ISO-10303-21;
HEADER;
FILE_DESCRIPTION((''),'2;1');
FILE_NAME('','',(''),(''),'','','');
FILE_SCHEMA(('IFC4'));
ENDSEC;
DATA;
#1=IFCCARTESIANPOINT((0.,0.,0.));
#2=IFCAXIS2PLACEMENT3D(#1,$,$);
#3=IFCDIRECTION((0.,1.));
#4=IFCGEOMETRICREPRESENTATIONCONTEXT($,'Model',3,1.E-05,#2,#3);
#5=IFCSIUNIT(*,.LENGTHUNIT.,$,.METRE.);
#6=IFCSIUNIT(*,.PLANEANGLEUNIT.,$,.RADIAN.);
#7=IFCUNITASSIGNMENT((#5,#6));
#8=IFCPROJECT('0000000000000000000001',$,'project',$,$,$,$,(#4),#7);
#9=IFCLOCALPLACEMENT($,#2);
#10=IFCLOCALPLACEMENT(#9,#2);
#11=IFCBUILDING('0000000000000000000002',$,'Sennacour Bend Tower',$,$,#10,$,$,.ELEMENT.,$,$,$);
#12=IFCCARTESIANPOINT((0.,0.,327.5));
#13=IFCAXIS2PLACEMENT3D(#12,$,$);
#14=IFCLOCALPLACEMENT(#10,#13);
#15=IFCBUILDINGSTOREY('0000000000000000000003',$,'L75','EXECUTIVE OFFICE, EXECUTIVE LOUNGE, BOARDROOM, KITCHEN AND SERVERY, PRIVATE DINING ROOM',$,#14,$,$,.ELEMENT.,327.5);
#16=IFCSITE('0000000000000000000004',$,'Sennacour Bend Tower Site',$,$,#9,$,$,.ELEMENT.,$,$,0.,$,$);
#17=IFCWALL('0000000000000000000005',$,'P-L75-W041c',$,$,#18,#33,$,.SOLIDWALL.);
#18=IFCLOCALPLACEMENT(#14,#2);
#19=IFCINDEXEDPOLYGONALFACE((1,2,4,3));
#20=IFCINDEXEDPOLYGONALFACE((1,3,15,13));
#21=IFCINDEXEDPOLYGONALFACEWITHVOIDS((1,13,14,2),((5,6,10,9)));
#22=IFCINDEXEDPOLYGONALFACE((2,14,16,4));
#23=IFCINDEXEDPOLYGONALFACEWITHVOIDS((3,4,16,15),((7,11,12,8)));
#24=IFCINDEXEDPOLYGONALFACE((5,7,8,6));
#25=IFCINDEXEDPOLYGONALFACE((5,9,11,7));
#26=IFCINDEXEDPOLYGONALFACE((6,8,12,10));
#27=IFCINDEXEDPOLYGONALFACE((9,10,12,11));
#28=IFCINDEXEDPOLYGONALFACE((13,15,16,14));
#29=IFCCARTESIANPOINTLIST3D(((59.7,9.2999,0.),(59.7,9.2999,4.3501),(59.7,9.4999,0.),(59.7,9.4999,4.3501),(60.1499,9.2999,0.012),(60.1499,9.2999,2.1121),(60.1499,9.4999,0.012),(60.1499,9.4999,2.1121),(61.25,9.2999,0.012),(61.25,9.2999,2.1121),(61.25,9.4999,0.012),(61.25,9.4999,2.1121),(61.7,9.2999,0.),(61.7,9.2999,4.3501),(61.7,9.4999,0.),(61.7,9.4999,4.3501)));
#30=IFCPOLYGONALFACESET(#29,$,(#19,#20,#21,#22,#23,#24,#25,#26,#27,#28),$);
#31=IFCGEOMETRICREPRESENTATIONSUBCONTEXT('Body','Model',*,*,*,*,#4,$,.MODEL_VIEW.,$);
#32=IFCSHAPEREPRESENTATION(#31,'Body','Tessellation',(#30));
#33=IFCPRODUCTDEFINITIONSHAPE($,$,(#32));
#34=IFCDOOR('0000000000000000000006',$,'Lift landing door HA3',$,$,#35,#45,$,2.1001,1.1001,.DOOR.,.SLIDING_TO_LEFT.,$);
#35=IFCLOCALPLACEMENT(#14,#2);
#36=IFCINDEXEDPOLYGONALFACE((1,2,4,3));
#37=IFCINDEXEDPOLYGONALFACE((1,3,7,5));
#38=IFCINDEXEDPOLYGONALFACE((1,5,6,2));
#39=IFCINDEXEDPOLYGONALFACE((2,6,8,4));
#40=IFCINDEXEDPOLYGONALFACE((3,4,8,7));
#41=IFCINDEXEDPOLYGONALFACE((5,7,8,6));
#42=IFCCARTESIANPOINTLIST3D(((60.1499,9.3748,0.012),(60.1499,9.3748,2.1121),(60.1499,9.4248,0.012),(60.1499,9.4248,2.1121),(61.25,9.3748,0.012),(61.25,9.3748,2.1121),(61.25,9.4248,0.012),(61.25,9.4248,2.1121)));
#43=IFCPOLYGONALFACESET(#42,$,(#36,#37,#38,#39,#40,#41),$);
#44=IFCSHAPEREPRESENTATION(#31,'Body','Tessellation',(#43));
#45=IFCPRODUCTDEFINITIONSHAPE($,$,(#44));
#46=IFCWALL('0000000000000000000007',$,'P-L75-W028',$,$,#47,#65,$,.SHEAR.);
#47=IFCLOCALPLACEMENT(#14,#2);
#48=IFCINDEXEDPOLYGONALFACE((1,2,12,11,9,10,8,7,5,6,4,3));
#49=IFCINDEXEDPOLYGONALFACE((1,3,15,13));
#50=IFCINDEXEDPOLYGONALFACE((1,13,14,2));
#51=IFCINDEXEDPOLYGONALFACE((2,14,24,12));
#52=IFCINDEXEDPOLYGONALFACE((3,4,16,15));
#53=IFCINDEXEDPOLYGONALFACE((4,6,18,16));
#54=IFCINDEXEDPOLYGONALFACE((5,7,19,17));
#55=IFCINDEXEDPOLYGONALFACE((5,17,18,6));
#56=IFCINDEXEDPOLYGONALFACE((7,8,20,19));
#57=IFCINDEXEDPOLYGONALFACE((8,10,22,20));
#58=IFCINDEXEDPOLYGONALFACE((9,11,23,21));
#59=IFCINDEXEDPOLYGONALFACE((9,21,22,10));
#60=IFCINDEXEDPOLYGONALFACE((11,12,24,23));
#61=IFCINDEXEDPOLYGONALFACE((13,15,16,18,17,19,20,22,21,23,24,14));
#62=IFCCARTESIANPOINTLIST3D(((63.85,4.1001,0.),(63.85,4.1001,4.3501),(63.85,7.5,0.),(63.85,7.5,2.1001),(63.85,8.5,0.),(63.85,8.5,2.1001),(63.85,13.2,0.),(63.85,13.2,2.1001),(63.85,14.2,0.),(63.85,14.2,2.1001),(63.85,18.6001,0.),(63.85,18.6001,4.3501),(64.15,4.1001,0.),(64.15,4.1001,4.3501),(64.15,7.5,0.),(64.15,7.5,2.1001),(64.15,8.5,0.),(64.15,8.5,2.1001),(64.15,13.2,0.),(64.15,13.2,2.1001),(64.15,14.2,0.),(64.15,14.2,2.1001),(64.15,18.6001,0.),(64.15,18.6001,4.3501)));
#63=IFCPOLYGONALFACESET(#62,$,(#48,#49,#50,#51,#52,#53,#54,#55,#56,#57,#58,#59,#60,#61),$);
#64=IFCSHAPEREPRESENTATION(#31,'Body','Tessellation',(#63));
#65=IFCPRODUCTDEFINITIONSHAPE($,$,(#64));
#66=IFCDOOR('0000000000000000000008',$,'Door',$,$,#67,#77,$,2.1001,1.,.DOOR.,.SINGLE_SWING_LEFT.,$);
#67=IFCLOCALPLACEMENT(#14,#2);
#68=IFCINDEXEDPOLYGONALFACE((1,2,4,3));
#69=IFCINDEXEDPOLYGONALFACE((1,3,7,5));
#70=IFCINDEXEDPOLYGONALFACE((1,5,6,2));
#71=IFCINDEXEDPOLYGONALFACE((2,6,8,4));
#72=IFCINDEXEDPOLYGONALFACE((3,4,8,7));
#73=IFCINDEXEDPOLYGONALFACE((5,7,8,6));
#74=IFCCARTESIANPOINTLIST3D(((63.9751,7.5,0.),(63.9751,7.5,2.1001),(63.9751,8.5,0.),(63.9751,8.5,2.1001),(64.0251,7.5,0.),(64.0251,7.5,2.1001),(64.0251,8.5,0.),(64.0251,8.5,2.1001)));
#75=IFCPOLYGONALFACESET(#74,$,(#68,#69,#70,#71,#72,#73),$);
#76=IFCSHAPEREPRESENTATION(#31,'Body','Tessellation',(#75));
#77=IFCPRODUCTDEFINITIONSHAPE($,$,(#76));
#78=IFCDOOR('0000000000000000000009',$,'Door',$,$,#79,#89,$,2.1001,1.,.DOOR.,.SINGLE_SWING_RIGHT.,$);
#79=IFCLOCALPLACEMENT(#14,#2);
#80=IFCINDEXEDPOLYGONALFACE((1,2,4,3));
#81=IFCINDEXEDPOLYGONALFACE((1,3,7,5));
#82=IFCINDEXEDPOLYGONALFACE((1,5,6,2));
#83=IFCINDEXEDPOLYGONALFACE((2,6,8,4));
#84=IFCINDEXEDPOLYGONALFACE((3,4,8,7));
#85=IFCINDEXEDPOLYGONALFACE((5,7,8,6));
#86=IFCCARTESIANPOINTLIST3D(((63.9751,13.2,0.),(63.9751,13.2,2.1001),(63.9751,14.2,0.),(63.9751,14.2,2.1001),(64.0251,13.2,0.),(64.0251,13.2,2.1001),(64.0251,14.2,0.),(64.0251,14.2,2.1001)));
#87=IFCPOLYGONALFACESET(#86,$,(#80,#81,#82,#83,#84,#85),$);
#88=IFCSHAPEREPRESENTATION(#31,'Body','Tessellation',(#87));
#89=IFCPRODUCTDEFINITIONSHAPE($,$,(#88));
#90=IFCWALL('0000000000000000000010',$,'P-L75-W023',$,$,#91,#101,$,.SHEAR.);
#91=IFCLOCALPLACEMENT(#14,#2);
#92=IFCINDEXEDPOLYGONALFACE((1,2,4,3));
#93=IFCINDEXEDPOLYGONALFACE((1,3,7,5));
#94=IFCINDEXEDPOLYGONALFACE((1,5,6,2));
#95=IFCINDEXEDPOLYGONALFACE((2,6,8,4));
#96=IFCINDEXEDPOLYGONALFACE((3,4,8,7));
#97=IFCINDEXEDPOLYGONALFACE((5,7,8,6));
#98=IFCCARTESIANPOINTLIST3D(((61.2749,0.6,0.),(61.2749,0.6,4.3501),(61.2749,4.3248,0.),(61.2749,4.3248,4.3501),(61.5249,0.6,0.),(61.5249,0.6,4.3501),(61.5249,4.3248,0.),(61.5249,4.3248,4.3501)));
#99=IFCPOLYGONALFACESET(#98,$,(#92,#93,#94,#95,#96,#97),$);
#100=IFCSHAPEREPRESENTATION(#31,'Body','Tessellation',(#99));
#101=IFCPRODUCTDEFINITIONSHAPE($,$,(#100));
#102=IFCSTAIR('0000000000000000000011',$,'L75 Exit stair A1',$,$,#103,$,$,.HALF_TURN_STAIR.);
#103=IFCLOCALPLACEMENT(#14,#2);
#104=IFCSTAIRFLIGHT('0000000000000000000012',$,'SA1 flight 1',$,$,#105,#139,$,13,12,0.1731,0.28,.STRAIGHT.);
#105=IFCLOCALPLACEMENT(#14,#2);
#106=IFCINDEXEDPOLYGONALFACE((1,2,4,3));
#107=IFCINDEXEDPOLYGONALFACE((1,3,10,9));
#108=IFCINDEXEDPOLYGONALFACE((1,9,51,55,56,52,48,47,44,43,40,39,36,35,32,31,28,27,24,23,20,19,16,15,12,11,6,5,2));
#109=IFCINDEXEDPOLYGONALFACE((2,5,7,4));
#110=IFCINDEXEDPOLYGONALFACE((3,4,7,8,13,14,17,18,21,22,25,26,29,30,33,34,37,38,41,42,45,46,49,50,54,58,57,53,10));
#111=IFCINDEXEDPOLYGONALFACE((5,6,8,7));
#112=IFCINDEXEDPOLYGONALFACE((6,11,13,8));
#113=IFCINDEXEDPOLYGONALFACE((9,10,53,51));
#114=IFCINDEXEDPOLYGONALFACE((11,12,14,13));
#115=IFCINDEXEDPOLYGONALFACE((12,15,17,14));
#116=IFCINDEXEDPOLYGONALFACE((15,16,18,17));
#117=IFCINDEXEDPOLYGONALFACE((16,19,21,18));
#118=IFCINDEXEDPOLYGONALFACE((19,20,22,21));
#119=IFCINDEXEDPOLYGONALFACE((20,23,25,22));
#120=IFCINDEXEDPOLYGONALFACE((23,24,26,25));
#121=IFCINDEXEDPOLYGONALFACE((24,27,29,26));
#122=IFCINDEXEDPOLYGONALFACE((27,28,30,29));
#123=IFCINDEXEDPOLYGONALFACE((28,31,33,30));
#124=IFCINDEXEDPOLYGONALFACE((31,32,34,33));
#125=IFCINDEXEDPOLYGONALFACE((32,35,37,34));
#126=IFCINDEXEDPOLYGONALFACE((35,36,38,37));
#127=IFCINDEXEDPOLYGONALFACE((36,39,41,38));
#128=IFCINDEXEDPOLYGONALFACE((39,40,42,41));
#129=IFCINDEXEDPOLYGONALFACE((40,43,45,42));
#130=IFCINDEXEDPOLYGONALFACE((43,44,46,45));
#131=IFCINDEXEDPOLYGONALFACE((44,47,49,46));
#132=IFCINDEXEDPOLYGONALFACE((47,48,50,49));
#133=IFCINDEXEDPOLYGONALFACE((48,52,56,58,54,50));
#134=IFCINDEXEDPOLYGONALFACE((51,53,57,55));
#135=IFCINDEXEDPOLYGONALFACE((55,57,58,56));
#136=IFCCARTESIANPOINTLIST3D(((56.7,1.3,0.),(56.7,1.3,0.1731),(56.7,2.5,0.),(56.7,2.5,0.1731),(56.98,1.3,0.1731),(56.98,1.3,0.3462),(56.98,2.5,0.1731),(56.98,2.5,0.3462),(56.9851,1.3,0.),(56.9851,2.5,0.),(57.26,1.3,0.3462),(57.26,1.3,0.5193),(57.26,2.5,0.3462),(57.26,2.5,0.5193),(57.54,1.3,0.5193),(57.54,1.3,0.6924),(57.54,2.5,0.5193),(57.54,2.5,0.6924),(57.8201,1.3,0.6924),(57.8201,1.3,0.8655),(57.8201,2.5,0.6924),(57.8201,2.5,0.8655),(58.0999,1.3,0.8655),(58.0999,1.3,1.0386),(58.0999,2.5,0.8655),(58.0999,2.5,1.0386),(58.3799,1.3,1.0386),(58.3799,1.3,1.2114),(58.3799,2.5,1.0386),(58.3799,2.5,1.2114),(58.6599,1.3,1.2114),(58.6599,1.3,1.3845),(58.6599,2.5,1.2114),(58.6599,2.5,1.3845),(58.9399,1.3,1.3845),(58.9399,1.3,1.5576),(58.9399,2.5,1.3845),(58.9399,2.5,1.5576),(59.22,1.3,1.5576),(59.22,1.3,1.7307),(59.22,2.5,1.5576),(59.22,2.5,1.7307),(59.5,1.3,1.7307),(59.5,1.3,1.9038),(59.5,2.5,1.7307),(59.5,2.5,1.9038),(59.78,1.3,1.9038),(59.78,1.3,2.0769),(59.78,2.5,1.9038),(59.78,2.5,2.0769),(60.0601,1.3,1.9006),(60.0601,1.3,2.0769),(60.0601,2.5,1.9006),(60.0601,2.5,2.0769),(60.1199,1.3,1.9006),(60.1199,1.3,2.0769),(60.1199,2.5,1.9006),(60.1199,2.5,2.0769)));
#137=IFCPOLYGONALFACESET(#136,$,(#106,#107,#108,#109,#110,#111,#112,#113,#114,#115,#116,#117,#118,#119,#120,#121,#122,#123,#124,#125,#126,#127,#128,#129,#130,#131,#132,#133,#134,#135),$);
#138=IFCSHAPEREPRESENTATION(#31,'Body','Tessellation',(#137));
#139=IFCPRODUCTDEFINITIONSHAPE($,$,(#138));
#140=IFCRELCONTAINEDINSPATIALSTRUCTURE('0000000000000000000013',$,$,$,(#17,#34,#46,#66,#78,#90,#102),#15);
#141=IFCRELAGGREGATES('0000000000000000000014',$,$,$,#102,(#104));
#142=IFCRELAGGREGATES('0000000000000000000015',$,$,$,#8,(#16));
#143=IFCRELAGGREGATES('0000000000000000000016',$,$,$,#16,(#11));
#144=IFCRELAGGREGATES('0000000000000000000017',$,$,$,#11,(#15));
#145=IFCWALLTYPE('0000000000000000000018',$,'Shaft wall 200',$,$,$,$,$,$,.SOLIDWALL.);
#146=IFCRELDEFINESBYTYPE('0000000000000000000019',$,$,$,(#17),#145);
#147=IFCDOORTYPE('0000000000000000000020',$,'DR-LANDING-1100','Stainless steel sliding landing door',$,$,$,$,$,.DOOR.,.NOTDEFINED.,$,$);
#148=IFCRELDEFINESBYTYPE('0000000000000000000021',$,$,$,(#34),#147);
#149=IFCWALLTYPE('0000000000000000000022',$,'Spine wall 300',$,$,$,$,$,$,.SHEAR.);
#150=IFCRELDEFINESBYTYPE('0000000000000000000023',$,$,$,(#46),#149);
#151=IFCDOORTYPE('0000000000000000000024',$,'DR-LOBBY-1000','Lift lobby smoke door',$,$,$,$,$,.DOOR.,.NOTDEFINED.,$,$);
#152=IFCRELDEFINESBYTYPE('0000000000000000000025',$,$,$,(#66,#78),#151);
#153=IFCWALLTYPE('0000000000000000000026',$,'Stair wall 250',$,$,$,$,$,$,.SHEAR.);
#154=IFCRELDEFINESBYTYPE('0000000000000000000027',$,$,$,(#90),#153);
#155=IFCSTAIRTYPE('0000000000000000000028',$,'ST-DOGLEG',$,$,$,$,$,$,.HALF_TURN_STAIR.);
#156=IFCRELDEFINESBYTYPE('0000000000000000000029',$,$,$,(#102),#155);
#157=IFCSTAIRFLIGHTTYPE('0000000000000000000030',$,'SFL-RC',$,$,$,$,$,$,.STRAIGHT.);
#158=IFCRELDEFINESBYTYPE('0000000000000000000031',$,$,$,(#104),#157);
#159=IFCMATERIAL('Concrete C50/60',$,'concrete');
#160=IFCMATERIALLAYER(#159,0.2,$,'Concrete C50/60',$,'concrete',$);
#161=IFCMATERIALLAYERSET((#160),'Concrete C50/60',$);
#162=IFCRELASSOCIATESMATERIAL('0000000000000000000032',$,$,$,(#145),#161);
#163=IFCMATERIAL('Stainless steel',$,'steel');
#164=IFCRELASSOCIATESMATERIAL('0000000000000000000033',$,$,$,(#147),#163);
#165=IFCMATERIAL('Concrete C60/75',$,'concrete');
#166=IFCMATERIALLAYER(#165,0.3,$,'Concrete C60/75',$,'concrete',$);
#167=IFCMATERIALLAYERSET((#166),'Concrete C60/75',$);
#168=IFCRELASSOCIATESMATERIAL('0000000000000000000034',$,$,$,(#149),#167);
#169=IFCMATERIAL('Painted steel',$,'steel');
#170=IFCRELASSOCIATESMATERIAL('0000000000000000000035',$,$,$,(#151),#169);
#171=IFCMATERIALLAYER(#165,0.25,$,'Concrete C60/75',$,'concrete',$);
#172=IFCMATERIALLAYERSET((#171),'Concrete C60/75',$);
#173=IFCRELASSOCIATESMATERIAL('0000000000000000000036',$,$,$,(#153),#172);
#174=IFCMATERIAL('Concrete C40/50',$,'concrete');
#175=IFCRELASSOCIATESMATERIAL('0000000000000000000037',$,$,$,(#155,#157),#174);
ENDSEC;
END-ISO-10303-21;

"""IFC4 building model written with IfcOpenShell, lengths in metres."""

from ifc_helpers import new_model, si_unit, direction, frame, frame_2d, origin, place, context, subcontext, project, spatial, polyline, rectangle, outline, extrude, material, layer, layer_set, type_object, element, fill, aggregate, save


model = new_model("IFC4")

# Units and contexts
model_context = context("Model", 3, precision=1e-05, world=origin(), true_north=direction((0.0, 1.0)))
body_context = subcontext(model_context, "Body", "Model", "MODEL_VIEW")
ifc_project = project(units=[si_unit("LENGTHUNIT", "METRE"), si_unit("PLANEANGLEUNIT", "RADIAN")], contexts=[model_context])

# Site, building, storey
site_placement = place(None, origin())
site = spatial("IfcSite", under=ifc_project, at=site_placement, Name="Sennacour Bend Tower Site", CompositionType="ELEMENT", RefElevation=0.0)
building_placement = place(site_placement, origin())
building = spatial("IfcBuilding", under=site, at=building_placement, Name="Sennacour Bend Tower", CompositionType="ELEMENT")
storey_placement = place(building_placement, frame((0.0, 0.0, 327.5)))
storey = spatial("IfcBuildingStorey", under=building, at=storey_placement, Name="L75", Description="EXECUTIVE OFFICE, EXECUTIVE LOUNGE, BOARDROOM, KITCHEN AND SERVERY, PRIVATE DINING ROOM", CompositionType="ELEMENT", Elevation=327.5)

# Shared definitions
ifc_material_1 = material(Name="Concrete C50/60", Category="concrete")

# Shared definitions
ifc_material_2 = material(Name="Painted steel", Category="steel")

# Shared definitions
ifc_layer_1 = layer(ifc_material_1, 0.2, Name="Concrete C50/60", Category="concrete")
ifc_layer_set_1 = layer_set([ifc_layer_1], Name="Concrete C50/60")
wall_type_1 = type_object("IfcWallType", Name="Shaft wall 200", PredefinedType="SOLIDWALL", material=ifc_layer_set_1)

# Wall, opening, door
ifc_material_3 = material(Name="Stainless steel", Category="steel")
door_type_1 = type_object("IfcDoorType", Name="DR-LANDING-1100", Description="Stainless steel sliding landing door", OperationType="NOTDEFINED", PredefinedType="DOOR", material=ifc_material_3)
wall_1_placement = place(storey_placement, frame((59.7, 9.3999, 0.0), z_axis=(0.0, 0.0, 1.0), x_axis=(1.0, 0.0, 0.0)))
wall_1 = element("IfcWall", 1, at=wall_1_placement, inside=storey, type_object=wall_type_1, Name="P-L75-W041c", PredefinedType="SOLIDWALL", context=body_context, shape_type="SweptSolid", body=[
    extrude(rectangle(XDim=2.0, YDim=0.2, at=frame_2d((1.0, 0.0))), origin(), (0.0, 0.0, 1.0), 4.3501),
])
opening_1_placement = place(wall_1_placement, frame((0.45, 0.0, 0.012)))
opening_1 = element("IfcOpeningElement", 2, at=opening_1_placement, cuts=wall_1, PredefinedType="OPENING", context=body_context, shape_type="SweptSolid", body=[
    extrude(rectangle(XDim=1.1001, YDim=2.1001, at=frame_2d((0.55, 1.05))), frame((0.0, 0.1099, 0.0), z_axis=(0.0, -1.0, 0.0), x_axis=(1.0, 0.0, 0.0)), (0.0, 0.0, 1.0), 0.22),
])
door_1_placement = place(opening_1_placement, origin())
door_1 = element("IfcDoor", 3, at=door_1_placement, inside=storey, type_object=door_type_1, Name="Lift landing door HA3", OperationType="SLIDING_TO_LEFT", OverallHeight=2.1001, OverallWidth=1.1001, PredefinedType="DOOR", context=body_context, shape_type="SweptSolid", body=[
    extrude(rectangle(XDim=1.1001, YDim=2.1001, at=frame_2d((0.55, 1.05))), frame((0.0, 0.0249, 0.0), z_axis=(0.0, -1.0, 0.0), x_axis=(1.0, 0.0, 0.0)), (0.0, 0.0, 1.0), 0.05),
])
fill(opening_1, door_1)

# Wall, openings, doors
ifc_material_4 = material(Name="Concrete C60/75", Category="concrete")
ifc_layer_2 = layer(ifc_material_4, 0.3, Name="Concrete C60/75", Category="concrete")
ifc_layer_set_2 = layer_set([ifc_layer_2], Name="Concrete C60/75")
wall_type_2 = type_object("IfcWallType", Name="Spine wall 300", PredefinedType="SHEAR", material=ifc_layer_set_2)
wall_2_placement = place(storey_placement, frame((64.0, 4.1001, 0.0), z_axis=(0.0, 0.0, 1.0), x_axis=(0.0, 1.0, 0.0)))
wall_2 = element("IfcWall", 4, at=wall_2_placement, inside=storey, type_object=wall_type_2, Name="P-L75-W028", PredefinedType="SHEAR", context=body_context, shape_type="SweptSolid", body=[
    extrude(rectangle(XDim=14.5, YDim=0.3, at=frame_2d((7.25, 0.0))), origin(), (0.0, 0.0, 1.0), 4.3501),
])
opening_2_placement = place(wall_2_placement, frame((3.3999, 0.0, 0.0)))
opening_2 = element("IfcOpeningElement", 5, at=opening_2_placement, cuts=wall_2, PredefinedType="OPENING", context=body_context, shape_type="SweptSolid", body=[
    extrude(rectangle(XDim=1.0, YDim=2.1001, at=frame_2d((0.5, 1.05))), frame((0.0, 0.1602, 0.0), z_axis=(0.0, -1.0, 0.0), x_axis=(1.0, 0.0, 0.0)), (0.0, 0.0, 1.0), 0.3201),
])
opening_3_placement = place(wall_2_placement, frame((9.0999, 0.0, 0.0)))
opening_3 = element("IfcOpeningElement", 6, at=opening_3_placement, cuts=wall_2, PredefinedType="OPENING", context=body_context, shape_type="SweptSolid", body=[
    extrude(rectangle(XDim=1.0, YDim=2.1001, at=frame_2d((0.5, 1.05))), frame((0.0, 0.1602, 0.0), z_axis=(0.0, -1.0, 0.0), x_axis=(1.0, 0.0, 0.0)), (0.0, 0.0, 1.0), 0.3201),
])
door_type_2 = type_object("IfcDoorType", Name="DR-LOBBY-1000", Description="Lift lobby smoke door", OperationType="NOTDEFINED", PredefinedType="DOOR", material=ifc_material_2)
door_2_placement = place(opening_2_placement, origin())
door_2 = element("IfcDoor", 7, at=door_2_placement, inside=storey, type_object=door_type_2, Name="Door", OperationType="SINGLE_SWING_LEFT", OverallHeight=2.1001, OverallWidth=1.0, PredefinedType="DOOR", context=body_context, shape_type="SweptSolid", body=[
    extrude(rectangle(XDim=1.0, YDim=2.1001, at=frame_2d((0.5, 1.05))), frame((0.0, 0.0249, 0.0), z_axis=(0.0, -1.0, 0.0), x_axis=(1.0, 0.0, 0.0)), (0.0, 0.0, 1.0), 0.05),
])
fill(opening_2, door_2)
door_3_placement = place(opening_3_placement, origin())
door_3 = element("IfcDoor", 8, at=door_3_placement, inside=storey, type_object=door_type_2, Name="Door", OperationType="SINGLE_SWING_RIGHT", OverallHeight=2.1001, OverallWidth=1.0, PredefinedType="DOOR", context=body_context, shape_type="SweptSolid", body=[
    extrude(rectangle(XDim=1.0, YDim=2.1001, at=frame_2d((0.5, 1.05))), frame((0.0, 0.0249, 0.0), z_axis=(0.0, -1.0, 0.0), x_axis=(1.0, 0.0, 0.0)), (0.0, 0.0, 1.0), 0.05),
])
fill(opening_3, door_3)

# Wall
ifc_layer_3 = layer(ifc_material_4, 0.25, Name="Concrete C60/75", Category="concrete")
ifc_layer_set_3 = layer_set([ifc_layer_3], Name="Concrete C60/75")
wall_type_3 = type_object("IfcWallType", Name="Stair wall 250", PredefinedType="SHEAR", material=ifc_layer_set_3)
wall_3_placement = place(storey_placement, frame((61.3999, 0.6001, 0.0), z_axis=(0.0, 0.0, 1.0), x_axis=(0.0, 1.0, 0.0)))
element("IfcWall", 9, at=wall_3_placement, inside=storey, type_object=wall_type_3, Name="P-L75-W023", PredefinedType="SHEAR", context=body_context, shape_type="SweptSolid", body=[
    extrude(rectangle(XDim=3.7249, YDim=0.25, at=frame_2d((1.8623, 0.0))), origin(), (0.0, 0.0, 1.0), 4.3501),
])

# Stair, stair flight
ifc_material_5 = material(Name="Concrete C40/50", Category="concrete")
stair_type = type_object("IfcStairType", Name="ST-DOGLEG", PredefinedType="HALF_TURN_STAIR", material=ifc_material_5)
stair_placement = place(storey_placement, origin())
stair = element("IfcStair", 10, at=stair_placement, inside=storey, type_object=stair_type, Name="L75 Exit stair A1", PredefinedType="HALF_TURN_STAIR")
stair_flight_type = type_object("IfcStairFlightType", Name="SFL-RC", PredefinedType="STRAIGHT", material=ifc_material_5)
stair_flight_1_placement = place(storey_placement, frame((56.7, 1.8999, 0.0), z_axis=(0.0, 0.0, 1.0), x_axis=(1.0, 0.0, 0.0)))
stair_flight_1 = element("IfcStairFlight", 11, at=stair_flight_1_placement, type_object=stair_flight_type, Name="SA1 flight 1", NumberOfRisers=13, NumberOfTreads=12, PredefinedType="STRAIGHT", RiserHeight=0.1731, TreadLength=0.28, context=body_context, shape_type="SweptSolid", body=[
    extrude(outline(polyline([(0.0, 0.0), (0.0, 0.1731), (0.28, 0.1731), (0.28, 0.3462), (0.5601, 0.3462), (0.5601, 0.5193), (0.8401, 0.5193), (0.8401, 0.6924), (1.1201, 0.6924), (1.1201, 0.8655), (1.3999, 0.8655), (1.3999, 1.0386), (1.6799, 1.0386), (1.6799, 1.2114), (1.96, 1.2114), (1.96, 1.3845), (2.24, 1.3845), (2.24, 1.5576), (2.52, 1.5576), (2.52, 1.7307), (2.8, 1.7307), (2.8, 1.9038), (3.0801, 1.9038), (3.0801, 2.0769), (3.3601, 2.0769), (3.4199, 2.0769), (3.4199, 1.9006), (3.3601, 1.9006), (0.2852, 0.0), (0.0, 0.0)])), frame((0.0, 0.6001, 0.0), z_axis=(0.0, -1.0, 0.0), x_axis=(1.0, 0.0, 0.0)), (0.0, 0.0, 1.0), 1.2),
])
aggregate(stair, [stair_flight_1])

save(model, "model.ifc")
